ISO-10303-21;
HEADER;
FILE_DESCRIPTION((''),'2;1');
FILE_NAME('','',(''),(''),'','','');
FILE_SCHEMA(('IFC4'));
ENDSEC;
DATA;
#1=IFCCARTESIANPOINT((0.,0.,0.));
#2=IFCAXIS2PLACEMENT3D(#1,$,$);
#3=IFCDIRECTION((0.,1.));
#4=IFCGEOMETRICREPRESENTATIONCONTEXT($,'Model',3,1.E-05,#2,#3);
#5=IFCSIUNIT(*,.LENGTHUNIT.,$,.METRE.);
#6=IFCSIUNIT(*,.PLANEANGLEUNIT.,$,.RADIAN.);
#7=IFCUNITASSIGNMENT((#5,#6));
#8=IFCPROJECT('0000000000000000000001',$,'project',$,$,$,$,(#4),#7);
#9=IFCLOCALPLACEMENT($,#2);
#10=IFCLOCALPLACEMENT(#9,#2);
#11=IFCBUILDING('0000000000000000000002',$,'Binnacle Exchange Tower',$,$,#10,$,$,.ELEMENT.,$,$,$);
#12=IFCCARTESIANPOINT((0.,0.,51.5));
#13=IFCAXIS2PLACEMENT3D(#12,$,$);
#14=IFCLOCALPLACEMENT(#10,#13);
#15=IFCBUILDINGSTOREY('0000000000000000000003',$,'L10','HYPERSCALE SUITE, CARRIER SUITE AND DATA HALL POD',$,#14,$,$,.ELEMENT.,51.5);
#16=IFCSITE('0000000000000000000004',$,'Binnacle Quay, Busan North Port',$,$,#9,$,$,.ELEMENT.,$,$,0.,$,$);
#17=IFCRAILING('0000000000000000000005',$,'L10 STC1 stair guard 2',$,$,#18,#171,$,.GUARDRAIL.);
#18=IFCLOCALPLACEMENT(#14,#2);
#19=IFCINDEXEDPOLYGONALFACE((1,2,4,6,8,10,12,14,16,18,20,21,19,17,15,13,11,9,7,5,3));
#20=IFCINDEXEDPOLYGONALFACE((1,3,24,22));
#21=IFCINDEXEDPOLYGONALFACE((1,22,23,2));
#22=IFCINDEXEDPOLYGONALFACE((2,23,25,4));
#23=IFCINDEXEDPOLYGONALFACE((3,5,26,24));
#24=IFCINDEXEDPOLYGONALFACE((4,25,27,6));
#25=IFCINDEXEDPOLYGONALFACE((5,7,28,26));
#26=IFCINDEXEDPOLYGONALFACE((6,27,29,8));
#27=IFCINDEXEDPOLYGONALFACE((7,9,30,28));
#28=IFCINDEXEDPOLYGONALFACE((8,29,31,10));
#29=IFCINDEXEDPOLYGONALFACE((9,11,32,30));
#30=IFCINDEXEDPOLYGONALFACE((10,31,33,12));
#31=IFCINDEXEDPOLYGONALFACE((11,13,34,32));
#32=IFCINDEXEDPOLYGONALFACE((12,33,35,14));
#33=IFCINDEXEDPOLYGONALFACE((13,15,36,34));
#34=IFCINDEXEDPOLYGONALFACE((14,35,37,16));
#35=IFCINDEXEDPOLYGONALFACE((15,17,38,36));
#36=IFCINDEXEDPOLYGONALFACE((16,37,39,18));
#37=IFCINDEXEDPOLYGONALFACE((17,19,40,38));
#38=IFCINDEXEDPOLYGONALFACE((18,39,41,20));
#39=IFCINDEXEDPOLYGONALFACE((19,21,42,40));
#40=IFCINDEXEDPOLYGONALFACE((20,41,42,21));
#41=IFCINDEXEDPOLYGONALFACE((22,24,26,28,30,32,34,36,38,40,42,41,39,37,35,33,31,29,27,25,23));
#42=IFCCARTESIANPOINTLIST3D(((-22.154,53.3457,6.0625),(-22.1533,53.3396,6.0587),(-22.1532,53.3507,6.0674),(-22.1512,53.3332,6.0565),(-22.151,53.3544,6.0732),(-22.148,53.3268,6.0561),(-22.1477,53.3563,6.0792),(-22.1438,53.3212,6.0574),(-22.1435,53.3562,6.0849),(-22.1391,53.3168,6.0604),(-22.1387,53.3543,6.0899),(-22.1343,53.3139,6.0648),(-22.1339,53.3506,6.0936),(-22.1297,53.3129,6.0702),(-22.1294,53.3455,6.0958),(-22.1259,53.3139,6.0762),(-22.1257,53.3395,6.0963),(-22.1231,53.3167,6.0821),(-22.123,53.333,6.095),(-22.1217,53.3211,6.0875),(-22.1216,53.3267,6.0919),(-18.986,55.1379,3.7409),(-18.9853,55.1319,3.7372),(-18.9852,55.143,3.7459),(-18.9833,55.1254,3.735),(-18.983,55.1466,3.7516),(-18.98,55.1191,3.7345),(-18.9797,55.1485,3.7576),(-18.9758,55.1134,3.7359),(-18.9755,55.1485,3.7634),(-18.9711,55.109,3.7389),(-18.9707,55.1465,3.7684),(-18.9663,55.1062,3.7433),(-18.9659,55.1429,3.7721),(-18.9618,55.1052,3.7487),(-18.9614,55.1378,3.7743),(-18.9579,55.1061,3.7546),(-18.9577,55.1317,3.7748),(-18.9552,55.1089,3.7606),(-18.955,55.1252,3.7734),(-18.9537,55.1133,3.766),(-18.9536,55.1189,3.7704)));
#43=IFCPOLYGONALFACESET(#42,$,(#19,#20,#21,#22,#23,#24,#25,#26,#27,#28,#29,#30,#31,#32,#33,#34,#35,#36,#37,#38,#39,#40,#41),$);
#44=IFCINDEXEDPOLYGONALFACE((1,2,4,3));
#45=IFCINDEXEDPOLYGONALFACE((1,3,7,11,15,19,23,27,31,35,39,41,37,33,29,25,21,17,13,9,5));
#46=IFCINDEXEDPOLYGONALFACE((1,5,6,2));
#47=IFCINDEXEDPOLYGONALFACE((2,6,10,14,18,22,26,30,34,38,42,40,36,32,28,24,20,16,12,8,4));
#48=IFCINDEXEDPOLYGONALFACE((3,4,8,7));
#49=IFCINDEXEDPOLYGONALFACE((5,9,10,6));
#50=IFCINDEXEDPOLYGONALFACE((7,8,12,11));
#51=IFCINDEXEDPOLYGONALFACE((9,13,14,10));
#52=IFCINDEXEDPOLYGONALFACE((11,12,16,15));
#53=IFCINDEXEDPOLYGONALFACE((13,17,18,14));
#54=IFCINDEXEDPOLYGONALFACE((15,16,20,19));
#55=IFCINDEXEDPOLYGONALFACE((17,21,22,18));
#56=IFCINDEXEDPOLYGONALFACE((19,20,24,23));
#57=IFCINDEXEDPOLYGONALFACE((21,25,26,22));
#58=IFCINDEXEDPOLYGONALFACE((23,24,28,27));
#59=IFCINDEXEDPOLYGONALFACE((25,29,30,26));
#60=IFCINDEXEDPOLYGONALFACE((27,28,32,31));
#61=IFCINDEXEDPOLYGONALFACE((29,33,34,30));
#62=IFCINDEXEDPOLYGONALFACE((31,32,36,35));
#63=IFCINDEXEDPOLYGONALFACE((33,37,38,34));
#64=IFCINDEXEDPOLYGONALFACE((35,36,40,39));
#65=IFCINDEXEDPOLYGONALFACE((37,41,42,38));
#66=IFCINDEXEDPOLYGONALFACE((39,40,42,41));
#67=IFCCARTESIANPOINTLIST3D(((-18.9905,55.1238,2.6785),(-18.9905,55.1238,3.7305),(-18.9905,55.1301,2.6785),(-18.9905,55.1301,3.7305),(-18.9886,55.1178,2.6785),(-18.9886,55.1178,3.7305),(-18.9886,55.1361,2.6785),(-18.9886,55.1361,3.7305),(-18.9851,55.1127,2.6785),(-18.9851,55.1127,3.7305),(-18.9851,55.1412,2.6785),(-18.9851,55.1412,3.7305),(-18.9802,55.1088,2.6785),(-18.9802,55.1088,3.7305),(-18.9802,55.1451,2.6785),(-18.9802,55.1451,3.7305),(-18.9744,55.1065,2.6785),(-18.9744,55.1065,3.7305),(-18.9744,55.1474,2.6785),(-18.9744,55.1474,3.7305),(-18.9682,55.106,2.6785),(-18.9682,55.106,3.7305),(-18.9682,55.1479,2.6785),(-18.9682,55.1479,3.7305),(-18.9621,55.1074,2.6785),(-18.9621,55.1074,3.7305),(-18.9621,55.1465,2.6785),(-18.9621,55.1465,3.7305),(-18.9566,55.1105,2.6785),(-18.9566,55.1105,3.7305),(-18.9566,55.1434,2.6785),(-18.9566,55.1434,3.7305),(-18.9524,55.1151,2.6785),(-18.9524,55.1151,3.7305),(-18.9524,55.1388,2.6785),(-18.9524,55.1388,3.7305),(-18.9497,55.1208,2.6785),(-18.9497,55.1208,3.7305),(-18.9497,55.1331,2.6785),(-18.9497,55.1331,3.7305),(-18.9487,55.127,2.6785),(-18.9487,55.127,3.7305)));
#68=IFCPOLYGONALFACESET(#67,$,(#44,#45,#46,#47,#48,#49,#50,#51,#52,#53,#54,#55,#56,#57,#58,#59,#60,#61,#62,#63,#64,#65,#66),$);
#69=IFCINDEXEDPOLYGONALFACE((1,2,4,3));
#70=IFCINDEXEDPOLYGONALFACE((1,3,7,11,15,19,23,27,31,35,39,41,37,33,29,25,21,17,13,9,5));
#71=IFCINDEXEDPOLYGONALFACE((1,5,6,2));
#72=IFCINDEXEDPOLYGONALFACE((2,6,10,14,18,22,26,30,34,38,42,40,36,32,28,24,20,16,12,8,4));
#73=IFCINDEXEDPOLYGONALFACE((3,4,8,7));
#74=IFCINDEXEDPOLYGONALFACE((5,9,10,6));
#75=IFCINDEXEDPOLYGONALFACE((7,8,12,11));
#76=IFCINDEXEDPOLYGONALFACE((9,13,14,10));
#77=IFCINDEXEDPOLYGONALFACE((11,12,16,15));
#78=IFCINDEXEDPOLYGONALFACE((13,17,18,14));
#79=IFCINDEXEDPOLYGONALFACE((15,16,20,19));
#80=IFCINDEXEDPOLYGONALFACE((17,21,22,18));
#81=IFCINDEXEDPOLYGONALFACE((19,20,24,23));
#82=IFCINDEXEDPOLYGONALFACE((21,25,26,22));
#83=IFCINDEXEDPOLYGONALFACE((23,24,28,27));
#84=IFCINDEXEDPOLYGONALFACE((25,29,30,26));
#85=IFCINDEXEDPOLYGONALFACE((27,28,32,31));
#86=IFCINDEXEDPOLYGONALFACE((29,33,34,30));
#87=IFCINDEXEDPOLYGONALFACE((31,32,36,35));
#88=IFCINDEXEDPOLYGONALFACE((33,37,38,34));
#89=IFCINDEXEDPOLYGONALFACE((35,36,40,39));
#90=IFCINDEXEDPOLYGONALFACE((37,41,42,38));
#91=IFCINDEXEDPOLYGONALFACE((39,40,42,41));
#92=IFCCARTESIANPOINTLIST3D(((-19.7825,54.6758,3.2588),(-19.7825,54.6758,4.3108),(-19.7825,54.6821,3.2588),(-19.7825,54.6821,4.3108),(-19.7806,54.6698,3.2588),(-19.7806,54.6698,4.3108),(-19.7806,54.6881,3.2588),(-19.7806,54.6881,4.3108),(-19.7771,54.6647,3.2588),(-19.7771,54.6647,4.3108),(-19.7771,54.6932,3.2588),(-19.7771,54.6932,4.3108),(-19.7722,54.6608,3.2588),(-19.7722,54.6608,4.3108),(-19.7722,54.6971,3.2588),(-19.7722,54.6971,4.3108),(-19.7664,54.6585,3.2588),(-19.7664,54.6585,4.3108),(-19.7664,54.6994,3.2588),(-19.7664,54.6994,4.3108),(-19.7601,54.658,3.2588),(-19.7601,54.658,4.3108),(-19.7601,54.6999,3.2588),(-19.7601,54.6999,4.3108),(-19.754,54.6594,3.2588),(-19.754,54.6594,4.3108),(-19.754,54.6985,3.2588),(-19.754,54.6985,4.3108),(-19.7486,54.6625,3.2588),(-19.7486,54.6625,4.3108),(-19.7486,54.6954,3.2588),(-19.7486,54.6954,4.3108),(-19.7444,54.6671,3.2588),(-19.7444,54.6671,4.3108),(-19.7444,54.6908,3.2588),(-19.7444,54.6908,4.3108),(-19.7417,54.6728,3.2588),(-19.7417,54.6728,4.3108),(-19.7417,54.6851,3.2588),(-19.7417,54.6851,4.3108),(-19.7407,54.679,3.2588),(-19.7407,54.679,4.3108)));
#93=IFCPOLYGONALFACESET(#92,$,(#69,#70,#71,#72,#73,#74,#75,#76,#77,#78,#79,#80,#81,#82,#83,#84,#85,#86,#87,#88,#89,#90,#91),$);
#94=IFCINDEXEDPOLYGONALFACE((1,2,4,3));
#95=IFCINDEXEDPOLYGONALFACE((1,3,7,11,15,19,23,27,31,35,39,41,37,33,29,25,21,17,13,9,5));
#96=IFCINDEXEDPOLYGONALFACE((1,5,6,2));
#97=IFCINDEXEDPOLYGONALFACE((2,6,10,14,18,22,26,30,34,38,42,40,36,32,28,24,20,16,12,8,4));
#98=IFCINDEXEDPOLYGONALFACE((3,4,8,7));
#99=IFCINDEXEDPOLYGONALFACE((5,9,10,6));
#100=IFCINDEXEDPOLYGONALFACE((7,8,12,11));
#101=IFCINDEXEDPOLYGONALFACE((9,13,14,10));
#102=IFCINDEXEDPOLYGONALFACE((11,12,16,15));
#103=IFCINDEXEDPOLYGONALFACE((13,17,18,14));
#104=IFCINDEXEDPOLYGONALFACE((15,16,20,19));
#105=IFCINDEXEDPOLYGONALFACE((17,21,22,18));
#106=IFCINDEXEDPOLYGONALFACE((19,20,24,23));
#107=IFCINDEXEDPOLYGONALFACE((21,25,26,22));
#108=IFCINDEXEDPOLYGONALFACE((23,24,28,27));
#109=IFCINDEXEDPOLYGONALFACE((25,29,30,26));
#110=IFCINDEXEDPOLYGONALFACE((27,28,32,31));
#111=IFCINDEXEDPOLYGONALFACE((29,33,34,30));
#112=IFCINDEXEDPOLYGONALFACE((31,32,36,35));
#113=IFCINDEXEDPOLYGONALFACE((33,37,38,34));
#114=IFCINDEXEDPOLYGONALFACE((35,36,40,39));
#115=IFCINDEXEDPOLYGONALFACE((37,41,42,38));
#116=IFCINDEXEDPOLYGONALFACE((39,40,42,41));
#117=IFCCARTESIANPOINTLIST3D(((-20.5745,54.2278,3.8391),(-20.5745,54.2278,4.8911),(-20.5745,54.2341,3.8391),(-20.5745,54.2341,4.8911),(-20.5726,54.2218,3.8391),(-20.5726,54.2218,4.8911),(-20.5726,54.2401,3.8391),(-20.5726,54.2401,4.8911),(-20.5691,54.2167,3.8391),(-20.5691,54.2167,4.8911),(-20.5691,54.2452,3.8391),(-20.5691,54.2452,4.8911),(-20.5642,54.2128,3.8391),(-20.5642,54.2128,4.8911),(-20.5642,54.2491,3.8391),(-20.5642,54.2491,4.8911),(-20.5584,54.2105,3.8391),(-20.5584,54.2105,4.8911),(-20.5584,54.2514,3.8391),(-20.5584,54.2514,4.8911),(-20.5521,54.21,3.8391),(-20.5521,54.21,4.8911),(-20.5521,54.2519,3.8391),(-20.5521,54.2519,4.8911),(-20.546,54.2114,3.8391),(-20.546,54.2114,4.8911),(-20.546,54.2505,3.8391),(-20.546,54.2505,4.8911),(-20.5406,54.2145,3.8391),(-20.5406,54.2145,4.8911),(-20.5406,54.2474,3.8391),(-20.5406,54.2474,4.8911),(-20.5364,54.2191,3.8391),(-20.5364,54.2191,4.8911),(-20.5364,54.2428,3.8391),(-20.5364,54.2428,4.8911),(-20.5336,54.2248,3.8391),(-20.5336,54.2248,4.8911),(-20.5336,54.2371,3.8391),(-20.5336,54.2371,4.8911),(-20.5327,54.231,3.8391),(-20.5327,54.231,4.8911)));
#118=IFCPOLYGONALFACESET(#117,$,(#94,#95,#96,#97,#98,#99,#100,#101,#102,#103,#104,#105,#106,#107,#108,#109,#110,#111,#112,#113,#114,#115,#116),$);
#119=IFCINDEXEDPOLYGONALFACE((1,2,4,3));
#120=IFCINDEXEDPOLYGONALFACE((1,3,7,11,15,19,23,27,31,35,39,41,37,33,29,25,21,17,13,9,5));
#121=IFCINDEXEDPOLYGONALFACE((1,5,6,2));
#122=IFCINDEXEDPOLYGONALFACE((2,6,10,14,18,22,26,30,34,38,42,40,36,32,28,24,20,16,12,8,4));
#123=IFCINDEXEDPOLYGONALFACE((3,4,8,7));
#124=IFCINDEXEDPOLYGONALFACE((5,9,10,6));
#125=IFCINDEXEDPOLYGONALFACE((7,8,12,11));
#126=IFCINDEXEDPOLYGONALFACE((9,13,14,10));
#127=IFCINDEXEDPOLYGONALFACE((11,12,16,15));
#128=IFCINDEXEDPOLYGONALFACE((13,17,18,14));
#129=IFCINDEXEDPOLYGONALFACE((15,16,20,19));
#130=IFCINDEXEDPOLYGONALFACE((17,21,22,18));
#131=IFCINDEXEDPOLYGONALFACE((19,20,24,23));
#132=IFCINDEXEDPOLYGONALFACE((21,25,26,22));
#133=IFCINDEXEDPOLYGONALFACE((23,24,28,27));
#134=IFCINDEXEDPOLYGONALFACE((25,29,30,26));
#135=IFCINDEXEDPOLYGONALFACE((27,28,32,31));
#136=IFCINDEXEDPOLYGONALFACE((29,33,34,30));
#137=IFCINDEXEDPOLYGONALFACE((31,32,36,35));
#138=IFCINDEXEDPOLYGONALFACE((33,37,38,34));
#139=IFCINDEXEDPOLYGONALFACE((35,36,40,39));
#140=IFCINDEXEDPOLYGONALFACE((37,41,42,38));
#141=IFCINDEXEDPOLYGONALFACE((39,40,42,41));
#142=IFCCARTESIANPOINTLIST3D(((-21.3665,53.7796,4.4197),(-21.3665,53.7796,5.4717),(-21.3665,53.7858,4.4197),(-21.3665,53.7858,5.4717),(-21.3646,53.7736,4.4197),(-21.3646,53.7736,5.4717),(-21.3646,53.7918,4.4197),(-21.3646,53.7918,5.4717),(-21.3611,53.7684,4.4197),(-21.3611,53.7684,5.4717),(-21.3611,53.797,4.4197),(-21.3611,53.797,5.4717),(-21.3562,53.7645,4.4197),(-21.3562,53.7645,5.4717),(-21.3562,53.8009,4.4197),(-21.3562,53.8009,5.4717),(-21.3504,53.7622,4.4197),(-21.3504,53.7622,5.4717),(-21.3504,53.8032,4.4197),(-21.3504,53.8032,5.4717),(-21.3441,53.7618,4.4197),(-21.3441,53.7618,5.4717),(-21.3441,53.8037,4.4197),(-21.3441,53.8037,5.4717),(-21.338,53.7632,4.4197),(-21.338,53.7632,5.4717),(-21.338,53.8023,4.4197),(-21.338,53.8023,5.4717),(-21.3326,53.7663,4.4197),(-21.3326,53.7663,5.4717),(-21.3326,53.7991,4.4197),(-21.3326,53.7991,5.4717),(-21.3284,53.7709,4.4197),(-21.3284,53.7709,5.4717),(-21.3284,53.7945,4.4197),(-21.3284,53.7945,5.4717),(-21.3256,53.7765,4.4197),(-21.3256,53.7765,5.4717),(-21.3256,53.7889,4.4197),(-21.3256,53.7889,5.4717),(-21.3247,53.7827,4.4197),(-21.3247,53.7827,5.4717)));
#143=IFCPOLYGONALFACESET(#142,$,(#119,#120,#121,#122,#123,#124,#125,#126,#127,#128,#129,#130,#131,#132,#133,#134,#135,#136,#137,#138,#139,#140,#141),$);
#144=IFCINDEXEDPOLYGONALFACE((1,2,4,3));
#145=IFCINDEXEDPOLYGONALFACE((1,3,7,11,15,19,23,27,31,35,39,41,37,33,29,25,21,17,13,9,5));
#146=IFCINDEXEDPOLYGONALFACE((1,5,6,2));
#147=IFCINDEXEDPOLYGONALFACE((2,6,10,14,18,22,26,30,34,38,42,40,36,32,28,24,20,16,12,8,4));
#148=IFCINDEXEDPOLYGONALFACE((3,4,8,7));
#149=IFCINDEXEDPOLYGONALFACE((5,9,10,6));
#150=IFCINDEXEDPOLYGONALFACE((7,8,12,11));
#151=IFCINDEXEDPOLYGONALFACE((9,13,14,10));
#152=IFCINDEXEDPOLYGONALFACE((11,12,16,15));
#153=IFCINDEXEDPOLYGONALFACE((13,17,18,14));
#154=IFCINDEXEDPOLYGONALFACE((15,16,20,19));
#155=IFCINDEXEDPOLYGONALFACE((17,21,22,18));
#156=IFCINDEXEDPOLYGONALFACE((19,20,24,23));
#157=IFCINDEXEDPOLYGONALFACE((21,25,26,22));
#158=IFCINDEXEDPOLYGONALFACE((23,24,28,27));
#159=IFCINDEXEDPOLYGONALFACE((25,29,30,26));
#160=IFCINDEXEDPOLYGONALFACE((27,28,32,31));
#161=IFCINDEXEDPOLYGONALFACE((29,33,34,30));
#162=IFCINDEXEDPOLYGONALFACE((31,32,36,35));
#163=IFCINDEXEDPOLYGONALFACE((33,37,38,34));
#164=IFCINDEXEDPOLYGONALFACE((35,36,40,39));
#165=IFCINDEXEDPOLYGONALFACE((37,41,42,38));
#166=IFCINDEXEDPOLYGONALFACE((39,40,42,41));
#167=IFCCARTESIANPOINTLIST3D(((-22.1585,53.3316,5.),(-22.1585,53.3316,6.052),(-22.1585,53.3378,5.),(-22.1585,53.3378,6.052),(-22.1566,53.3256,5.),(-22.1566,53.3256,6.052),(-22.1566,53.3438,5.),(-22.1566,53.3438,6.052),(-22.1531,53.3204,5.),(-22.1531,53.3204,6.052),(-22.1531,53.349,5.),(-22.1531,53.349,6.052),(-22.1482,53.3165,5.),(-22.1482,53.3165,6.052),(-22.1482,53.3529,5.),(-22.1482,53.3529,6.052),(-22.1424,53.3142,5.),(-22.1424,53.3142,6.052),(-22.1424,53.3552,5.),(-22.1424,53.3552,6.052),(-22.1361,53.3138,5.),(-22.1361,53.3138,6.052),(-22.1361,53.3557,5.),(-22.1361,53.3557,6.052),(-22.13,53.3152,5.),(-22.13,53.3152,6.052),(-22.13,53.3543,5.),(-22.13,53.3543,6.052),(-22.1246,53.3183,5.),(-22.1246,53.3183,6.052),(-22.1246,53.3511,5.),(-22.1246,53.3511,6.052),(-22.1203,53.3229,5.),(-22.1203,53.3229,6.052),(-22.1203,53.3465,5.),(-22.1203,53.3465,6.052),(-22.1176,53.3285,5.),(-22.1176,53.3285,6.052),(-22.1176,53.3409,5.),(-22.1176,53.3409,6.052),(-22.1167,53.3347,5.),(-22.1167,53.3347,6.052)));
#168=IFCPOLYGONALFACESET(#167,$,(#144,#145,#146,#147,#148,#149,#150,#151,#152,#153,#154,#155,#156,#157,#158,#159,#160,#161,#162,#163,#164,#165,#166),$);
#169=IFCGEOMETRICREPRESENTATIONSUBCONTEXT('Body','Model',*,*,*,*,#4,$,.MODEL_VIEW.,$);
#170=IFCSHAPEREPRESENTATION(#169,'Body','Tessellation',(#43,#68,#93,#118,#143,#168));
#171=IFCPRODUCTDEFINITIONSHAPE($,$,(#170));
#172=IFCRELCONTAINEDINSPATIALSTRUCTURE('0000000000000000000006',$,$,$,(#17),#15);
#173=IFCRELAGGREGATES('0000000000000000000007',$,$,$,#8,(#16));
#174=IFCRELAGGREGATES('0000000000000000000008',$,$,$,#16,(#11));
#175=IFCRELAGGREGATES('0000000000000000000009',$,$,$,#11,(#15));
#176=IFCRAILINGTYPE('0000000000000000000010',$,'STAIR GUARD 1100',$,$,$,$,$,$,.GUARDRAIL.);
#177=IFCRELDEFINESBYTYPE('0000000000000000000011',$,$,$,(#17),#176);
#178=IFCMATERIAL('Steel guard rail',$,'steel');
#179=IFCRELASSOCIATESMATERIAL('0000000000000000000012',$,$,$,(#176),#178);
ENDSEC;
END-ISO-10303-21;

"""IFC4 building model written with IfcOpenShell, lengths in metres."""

from ifc_helpers import new_model, si_unit, direction, frame, origin, origin_2d, place, context, subcontext, project, spatial, circle, extrude, material, type_object, element, save


model = new_model("IFC4")

# Units and contexts
model_context = context("Model", 3, precision=1e-05, world=origin(), true_north=direction((0.0, 1.0)))
body_context = subcontext(model_context, "Body", "Model", "MODEL_VIEW")
ifc_project = project(units=[si_unit("LENGTHUNIT", "METRE"), si_unit("PLANEANGLEUNIT", "RADIAN")], contexts=[model_context])

# Site, building, storey
site_placement = place(None, origin())
site = spatial("IfcSite", under=ifc_project, at=site_placement, Name="Binnacle Quay, Busan North Port", CompositionType="ELEMENT", RefElevation=0.0)
building_placement = place(site_placement, origin())
building = spatial("IfcBuilding", under=site, at=building_placement, Name="Binnacle Exchange Tower", CompositionType="ELEMENT")
storey_placement = place(building_placement, frame((0.0, 0.0, 51.5)))
storey = spatial("IfcBuildingStorey", under=building, at=storey_placement, Name="L10", Description="HYPERSCALE SUITE, CARRIER SUITE AND DATA HALL POD", CompositionType="ELEMENT", Elevation=51.5)

# Railing
ifc_material_1 = material(Name="Steel guard rail", Category="steel")
railing_type_1 = type_object("IfcRailingType", Name="STAIR GUARD 1100", PredefinedType="GUARDRAIL", material=ifc_material_1)
railing_1_placement = place(storey_placement, frame((-18.9697, 55.127, 2.6785)))
element("IfcRailing", 1, at=railing_1_placement, inside=storey, type_object=railing_type_1, Name="L10 STC1 stair guard 2", PredefinedType="GUARDRAIL", context=body_context, shape_type="SweptSolid", body=[
    extrude(circle(Radius=0.0239, at=origin_2d()), frame((0.0, 0.0, 1.0762), z_axis=(-0.733813, -0.415145, 0.537749), x_axis=(0.4924, -0.870369, 0.0)), (0.0, 0.0, 1.0), 4.3171),
    extrude(circle(Radius=0.021, at=origin_2d()), origin(), (0.0, 0.0, 1.0), 1.052),
    extrude(circle(Radius=0.021, at=origin_2d()), frame((-0.792, -0.448, 0.5803)), (0.0, 0.0, 1.0), 1.052),
    extrude(circle(Radius=0.021, at=origin_2d()), frame((-1.584, -0.896, 1.1606)), (0.0, 0.0, 1.0), 1.052),
    extrude(circle(Radius=0.021, at=origin_2d()), frame((-2.376, -1.3442, 1.7412)), (0.0, 0.0, 1.0), 1.052),
    extrude(circle(Radius=0.021, at=origin_2d()), frame((-3.168, -1.7922, 2.3215)), (0.0, 0.0, 1.0), 1.052),
])

save(model, "model.ifc")
